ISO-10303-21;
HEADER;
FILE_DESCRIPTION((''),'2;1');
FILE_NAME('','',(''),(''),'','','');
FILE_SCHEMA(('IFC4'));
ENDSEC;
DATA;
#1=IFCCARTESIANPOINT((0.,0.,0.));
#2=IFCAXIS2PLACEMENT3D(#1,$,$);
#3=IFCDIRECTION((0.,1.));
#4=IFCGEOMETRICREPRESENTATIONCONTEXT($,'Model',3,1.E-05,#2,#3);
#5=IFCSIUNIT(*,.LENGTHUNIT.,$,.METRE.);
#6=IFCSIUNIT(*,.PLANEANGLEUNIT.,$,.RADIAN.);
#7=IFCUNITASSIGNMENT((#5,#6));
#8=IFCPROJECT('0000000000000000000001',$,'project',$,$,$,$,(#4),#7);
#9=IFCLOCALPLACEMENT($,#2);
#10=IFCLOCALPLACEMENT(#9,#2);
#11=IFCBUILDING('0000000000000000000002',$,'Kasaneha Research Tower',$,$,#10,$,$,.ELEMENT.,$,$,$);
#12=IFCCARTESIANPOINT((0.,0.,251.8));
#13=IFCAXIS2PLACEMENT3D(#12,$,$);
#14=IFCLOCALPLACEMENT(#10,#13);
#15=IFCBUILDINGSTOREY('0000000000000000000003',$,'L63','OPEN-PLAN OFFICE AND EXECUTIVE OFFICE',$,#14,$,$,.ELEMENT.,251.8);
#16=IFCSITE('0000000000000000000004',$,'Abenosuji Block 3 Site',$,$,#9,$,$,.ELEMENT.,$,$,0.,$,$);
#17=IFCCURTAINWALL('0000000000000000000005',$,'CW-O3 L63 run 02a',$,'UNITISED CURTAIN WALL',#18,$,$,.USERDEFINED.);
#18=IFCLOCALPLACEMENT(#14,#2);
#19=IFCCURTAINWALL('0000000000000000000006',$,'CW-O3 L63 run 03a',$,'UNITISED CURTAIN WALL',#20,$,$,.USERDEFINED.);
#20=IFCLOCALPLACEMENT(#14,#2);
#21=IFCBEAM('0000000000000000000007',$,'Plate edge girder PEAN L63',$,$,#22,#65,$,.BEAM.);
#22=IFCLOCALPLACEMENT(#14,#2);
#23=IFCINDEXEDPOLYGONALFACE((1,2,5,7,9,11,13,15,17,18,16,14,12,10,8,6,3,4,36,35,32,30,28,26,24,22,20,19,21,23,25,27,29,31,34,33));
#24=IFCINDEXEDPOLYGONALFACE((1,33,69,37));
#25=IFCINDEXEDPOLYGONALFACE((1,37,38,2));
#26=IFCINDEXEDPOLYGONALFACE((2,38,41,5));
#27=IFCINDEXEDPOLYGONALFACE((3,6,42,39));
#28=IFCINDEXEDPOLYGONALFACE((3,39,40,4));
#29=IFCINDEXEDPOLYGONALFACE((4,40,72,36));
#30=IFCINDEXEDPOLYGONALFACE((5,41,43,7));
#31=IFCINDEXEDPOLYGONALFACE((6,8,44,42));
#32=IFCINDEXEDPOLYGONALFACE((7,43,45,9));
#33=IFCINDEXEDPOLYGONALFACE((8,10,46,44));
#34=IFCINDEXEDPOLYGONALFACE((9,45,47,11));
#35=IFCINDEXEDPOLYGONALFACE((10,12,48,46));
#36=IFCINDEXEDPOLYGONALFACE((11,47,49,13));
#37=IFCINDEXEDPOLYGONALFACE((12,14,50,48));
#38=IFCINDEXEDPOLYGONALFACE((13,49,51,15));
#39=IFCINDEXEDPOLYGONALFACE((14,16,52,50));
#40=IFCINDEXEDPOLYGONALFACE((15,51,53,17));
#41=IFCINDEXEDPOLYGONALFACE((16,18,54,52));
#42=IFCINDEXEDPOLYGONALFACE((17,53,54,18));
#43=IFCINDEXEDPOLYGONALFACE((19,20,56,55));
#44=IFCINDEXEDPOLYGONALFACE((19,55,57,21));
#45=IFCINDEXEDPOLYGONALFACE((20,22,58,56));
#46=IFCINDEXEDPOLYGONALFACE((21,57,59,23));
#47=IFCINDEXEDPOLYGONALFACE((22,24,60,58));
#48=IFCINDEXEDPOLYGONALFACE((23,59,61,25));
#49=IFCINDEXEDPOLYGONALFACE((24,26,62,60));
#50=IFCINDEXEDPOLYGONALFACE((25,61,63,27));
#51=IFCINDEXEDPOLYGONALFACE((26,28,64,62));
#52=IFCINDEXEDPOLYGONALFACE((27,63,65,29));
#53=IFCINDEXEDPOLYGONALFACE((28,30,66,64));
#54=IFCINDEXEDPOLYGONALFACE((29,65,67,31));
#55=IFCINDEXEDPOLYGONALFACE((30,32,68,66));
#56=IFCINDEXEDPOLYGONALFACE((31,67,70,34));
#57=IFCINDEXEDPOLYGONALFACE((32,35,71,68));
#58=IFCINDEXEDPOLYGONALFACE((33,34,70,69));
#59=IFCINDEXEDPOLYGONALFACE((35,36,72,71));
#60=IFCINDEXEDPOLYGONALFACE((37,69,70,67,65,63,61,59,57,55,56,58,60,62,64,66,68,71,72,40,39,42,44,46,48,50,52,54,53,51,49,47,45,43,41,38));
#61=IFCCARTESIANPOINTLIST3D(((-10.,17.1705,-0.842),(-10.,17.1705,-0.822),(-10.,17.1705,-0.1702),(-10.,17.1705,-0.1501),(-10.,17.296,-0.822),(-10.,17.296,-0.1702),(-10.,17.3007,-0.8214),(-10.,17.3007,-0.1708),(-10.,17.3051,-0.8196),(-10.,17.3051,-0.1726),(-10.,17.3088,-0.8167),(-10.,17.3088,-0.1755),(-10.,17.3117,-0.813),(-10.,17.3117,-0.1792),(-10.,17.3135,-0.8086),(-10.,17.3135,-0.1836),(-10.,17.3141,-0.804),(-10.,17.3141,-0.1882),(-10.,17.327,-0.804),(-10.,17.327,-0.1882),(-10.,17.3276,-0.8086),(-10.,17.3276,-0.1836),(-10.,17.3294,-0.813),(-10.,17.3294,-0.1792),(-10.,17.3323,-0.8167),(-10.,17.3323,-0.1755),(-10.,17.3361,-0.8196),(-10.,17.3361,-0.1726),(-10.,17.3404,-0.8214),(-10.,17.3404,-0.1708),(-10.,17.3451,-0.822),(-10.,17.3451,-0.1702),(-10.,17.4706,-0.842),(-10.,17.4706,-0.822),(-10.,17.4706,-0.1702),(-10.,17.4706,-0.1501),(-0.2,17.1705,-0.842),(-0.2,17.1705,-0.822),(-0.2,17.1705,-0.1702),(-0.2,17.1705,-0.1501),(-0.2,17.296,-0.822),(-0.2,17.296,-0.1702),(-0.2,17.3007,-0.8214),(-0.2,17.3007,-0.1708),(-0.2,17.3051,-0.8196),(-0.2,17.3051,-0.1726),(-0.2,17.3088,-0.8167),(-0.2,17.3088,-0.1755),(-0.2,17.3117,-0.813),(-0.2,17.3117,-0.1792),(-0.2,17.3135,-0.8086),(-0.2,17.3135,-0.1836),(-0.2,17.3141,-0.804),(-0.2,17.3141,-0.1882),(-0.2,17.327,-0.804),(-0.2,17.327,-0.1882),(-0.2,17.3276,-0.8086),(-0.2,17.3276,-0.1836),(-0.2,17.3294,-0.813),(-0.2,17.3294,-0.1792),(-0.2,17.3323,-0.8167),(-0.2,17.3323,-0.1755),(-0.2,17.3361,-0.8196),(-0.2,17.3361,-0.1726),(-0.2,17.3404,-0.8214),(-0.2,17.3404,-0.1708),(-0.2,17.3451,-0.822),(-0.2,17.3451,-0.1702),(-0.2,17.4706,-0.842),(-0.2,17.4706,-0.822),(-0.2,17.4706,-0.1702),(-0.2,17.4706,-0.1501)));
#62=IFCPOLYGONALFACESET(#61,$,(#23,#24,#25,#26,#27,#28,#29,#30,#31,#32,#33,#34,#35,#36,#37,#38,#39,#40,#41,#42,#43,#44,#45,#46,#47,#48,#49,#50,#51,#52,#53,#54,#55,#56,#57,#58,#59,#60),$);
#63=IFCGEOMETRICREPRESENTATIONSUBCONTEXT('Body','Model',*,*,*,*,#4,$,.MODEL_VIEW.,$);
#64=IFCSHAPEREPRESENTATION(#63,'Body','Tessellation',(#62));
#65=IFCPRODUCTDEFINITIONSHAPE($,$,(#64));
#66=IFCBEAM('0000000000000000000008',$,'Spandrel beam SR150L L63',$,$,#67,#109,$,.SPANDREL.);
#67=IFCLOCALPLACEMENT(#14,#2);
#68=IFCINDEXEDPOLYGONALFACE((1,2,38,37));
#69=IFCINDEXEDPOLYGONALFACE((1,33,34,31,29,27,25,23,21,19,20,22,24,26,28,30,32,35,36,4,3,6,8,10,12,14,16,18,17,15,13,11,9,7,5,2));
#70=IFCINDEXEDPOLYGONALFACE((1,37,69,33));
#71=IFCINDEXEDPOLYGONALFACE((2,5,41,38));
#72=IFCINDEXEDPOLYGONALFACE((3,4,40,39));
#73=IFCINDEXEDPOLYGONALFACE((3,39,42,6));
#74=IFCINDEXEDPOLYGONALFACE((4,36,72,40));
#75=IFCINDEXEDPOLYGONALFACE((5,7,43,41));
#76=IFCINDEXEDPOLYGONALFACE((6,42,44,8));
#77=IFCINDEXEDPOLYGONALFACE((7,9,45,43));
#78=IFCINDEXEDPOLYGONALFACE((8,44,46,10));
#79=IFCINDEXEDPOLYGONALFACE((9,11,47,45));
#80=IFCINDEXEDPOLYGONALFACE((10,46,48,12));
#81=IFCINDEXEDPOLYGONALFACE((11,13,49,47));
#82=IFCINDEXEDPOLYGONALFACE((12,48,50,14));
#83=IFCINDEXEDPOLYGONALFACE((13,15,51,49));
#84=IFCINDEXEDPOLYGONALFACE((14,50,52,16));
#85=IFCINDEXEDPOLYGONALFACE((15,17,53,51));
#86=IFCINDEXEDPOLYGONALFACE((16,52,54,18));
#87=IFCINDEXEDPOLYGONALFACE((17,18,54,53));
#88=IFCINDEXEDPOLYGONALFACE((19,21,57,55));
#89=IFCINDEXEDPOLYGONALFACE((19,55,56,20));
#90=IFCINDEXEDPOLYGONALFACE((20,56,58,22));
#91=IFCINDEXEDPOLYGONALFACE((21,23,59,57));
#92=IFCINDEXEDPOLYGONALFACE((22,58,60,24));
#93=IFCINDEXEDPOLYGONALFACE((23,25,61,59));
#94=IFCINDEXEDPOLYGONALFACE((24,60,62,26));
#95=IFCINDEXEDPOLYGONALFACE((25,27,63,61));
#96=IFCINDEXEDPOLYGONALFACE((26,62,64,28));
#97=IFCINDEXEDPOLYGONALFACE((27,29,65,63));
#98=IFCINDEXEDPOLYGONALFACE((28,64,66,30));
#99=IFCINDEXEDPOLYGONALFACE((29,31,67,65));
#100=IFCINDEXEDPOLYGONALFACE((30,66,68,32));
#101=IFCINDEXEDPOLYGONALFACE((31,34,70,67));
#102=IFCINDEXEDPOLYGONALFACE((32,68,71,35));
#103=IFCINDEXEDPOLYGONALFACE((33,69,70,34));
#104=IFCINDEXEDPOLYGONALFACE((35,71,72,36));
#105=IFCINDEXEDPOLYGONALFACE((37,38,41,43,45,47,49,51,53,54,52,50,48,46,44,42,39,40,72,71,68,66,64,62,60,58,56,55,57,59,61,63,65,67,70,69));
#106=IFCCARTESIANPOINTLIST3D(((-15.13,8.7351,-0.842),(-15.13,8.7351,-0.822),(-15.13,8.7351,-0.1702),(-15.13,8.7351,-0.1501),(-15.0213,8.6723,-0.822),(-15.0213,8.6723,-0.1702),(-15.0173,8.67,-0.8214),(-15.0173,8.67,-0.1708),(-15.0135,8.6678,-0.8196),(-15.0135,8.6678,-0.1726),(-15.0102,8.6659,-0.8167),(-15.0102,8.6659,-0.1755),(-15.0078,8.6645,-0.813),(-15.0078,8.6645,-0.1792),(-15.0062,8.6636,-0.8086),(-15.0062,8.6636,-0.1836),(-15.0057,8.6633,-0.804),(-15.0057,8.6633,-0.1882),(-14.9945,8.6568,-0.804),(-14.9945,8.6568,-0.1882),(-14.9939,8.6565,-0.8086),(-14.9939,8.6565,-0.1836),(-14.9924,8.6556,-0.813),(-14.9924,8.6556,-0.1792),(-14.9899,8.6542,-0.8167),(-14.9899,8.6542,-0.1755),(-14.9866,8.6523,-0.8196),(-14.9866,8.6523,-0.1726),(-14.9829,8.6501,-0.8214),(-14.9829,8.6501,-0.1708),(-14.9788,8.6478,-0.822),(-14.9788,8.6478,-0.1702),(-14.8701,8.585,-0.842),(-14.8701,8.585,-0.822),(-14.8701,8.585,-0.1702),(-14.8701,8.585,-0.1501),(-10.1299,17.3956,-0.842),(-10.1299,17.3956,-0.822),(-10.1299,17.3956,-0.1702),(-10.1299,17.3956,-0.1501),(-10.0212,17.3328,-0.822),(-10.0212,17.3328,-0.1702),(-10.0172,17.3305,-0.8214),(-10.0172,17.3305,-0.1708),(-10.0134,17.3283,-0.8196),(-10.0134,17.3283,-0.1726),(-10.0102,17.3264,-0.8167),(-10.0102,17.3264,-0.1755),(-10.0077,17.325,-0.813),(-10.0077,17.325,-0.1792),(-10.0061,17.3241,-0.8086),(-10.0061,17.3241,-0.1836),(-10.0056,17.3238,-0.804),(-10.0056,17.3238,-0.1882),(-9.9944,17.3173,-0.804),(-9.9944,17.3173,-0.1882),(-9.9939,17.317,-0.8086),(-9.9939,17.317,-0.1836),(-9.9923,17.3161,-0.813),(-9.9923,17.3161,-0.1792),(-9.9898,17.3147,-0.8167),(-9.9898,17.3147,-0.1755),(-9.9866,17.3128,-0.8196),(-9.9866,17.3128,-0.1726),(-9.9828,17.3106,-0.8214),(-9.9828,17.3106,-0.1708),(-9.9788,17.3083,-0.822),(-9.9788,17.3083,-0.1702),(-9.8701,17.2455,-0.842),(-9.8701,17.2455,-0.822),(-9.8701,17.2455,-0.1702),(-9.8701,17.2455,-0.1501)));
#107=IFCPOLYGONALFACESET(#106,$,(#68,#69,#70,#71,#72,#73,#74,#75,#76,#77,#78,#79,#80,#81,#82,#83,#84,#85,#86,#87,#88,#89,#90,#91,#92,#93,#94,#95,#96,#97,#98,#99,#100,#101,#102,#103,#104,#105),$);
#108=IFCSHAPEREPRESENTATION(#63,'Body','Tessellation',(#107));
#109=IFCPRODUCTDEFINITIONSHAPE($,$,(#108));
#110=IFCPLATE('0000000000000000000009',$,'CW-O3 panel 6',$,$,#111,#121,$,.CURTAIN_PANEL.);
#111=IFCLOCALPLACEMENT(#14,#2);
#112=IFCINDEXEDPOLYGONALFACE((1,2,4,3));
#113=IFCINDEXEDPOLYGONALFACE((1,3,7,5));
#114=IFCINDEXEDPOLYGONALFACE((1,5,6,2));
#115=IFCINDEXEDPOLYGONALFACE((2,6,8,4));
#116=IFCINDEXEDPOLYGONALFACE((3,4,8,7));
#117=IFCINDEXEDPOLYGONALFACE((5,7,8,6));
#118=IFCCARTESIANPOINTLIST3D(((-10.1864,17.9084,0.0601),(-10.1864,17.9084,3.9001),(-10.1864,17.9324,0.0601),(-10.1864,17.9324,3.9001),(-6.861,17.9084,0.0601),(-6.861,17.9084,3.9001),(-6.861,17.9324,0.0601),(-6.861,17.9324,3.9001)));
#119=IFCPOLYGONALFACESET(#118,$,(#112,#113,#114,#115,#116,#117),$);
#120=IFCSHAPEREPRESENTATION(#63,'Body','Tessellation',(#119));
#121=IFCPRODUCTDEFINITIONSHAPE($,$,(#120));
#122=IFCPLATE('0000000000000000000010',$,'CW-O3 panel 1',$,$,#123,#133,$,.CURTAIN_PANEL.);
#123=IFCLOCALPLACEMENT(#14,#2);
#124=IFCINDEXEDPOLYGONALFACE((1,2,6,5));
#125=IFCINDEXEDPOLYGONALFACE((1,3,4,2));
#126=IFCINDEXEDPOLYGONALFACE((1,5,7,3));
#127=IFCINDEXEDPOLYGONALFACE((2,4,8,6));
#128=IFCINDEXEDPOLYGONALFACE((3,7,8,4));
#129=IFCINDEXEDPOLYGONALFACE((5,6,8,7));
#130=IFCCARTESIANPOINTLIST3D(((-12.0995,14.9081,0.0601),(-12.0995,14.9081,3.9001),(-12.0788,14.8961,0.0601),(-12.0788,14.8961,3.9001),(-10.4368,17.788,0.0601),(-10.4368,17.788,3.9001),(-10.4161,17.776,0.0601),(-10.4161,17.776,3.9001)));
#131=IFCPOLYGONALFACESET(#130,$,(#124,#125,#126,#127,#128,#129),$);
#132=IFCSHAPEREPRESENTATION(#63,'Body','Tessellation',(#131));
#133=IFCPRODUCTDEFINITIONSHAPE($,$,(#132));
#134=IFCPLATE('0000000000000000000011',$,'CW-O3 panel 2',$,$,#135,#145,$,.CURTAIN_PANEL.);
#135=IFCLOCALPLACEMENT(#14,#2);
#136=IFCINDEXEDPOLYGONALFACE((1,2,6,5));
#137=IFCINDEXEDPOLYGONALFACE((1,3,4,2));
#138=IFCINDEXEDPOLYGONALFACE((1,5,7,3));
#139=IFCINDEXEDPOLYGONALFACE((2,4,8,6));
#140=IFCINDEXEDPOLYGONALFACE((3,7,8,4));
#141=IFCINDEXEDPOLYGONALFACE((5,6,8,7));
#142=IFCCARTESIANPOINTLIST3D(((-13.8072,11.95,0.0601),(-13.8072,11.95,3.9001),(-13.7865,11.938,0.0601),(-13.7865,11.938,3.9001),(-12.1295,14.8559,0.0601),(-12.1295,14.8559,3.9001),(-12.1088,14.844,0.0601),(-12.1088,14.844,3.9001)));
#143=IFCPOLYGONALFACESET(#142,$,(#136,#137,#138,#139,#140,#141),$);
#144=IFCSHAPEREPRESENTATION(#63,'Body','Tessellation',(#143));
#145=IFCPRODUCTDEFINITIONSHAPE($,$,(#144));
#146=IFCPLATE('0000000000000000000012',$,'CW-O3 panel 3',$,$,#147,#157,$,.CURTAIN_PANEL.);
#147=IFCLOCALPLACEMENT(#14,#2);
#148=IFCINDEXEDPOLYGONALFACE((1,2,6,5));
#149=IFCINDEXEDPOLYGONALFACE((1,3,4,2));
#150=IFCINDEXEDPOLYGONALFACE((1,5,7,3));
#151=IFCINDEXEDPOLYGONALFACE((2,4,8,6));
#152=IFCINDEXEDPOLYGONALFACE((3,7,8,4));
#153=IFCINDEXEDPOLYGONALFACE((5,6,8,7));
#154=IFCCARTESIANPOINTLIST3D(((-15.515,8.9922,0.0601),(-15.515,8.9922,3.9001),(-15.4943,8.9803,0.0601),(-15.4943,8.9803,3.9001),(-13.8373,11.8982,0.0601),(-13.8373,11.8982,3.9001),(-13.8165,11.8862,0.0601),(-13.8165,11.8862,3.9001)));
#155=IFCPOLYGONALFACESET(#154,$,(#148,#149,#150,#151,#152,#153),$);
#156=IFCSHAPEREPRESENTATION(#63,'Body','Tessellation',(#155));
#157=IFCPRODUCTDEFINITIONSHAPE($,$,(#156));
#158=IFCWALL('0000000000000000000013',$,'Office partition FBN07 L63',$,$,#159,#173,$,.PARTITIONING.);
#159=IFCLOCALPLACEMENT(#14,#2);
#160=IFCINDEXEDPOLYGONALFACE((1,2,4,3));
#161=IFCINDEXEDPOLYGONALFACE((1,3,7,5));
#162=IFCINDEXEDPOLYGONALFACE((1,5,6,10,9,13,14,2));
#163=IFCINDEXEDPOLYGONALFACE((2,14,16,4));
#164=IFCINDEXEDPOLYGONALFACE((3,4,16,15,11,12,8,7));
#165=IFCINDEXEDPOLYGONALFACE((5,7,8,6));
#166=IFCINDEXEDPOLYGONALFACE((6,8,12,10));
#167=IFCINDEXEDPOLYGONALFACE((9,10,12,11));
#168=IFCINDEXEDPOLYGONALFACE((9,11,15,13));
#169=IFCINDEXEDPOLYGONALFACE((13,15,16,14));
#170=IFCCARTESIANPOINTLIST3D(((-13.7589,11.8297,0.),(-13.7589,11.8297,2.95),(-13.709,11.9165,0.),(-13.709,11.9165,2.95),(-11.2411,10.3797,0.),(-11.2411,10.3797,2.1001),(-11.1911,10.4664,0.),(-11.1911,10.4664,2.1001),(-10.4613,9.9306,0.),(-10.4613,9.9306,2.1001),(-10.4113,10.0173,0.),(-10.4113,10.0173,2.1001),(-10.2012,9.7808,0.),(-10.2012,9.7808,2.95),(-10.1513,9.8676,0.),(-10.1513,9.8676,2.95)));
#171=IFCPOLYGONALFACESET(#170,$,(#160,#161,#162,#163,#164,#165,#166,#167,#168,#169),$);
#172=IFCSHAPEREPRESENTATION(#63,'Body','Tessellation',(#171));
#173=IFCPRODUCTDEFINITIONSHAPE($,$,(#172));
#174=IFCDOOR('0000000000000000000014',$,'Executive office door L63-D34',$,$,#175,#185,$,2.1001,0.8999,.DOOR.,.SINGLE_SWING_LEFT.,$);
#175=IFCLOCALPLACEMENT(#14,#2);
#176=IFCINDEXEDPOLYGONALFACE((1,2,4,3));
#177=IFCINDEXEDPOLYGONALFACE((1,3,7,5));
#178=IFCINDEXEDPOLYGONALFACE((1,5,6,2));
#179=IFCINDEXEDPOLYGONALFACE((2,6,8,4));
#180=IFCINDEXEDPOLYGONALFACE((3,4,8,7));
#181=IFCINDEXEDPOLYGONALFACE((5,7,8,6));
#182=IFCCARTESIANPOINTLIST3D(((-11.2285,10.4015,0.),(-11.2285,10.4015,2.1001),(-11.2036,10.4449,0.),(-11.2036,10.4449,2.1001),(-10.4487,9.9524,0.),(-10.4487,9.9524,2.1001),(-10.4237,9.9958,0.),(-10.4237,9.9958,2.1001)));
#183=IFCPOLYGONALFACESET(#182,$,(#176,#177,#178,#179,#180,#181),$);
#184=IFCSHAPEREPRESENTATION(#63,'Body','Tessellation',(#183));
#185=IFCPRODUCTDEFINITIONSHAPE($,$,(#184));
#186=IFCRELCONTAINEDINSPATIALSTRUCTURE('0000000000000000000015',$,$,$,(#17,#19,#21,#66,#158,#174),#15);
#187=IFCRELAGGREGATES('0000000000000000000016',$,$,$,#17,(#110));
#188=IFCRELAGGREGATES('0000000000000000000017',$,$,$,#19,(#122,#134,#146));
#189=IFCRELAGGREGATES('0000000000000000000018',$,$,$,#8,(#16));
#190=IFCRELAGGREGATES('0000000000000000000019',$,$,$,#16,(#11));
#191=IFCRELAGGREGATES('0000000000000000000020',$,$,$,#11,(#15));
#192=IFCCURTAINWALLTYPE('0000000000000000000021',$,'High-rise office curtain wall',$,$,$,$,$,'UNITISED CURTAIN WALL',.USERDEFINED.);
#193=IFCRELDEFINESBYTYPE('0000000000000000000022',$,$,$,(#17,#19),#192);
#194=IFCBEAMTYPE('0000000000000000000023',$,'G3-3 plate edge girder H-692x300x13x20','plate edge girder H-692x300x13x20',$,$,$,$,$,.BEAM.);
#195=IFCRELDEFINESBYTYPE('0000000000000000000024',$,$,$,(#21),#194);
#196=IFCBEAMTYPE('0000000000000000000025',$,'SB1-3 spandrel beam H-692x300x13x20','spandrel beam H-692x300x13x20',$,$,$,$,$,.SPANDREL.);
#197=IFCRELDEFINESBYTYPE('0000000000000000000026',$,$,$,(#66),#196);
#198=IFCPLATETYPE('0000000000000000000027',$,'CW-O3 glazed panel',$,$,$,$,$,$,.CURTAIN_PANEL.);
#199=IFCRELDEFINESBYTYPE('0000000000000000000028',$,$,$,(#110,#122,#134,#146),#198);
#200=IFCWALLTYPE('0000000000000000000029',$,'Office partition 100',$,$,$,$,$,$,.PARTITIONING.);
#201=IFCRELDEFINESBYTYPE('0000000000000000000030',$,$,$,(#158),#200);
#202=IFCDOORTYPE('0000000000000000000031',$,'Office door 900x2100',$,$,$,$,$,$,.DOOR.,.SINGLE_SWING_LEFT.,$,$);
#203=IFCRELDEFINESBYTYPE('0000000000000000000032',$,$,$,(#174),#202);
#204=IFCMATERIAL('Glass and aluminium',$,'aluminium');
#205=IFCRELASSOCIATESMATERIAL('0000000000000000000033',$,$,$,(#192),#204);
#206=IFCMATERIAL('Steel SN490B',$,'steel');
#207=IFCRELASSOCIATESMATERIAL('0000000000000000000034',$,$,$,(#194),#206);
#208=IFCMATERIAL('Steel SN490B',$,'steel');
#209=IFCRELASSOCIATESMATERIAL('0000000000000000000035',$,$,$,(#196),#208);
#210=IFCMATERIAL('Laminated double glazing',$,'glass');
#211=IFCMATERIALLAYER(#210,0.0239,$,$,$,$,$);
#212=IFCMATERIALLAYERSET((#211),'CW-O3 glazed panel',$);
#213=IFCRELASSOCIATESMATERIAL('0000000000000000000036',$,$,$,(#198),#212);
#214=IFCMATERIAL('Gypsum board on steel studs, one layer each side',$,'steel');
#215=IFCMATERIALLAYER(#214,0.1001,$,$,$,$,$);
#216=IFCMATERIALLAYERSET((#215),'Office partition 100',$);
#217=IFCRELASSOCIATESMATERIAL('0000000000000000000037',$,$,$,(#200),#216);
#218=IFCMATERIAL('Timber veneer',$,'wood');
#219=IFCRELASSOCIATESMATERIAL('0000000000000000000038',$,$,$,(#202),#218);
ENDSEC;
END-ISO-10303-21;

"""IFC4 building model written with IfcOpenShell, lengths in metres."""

from ifc_helpers import new_model, si_unit, direction, frame, frame_2d, origin, origin_2d, place, context, subcontext, project, spatial, rectangle, i_section, extrude, material, layer, layer_set, material_profile, profile_set, type_object, element, fill, aggregate, save


model = new_model("IFC4")

# Units and contexts
model_context = context("Model", 3, precision=1e-05, world=origin(), true_north=direction((0.0, 1.0)))
body_context = subcontext(model_context, "Body", "Model", "MODEL_VIEW")
ifc_project = project(units=[si_unit("LENGTHUNIT", "METRE"), si_unit("PLANEANGLEUNIT", "RADIAN")], contexts=[model_context])

# Site, building, storey
site_placement = place(None, origin())
site = spatial("IfcSite", under=ifc_project, at=site_placement, Name="Abenosuji Block 3 Site", CompositionType="ELEMENT", RefElevation=0.0)
building_placement = place(site_placement, origin())
building = spatial("IfcBuilding", under=site, at=building_placement, Name="Kasaneha Research Tower", CompositionType="ELEMENT")
storey_placement = place(building_placement, frame((0.0, 0.0, 251.8)))
storey = spatial("IfcBuildingStorey", under=building, at=storey_placement, Name="L63", Description="OPEN-PLAN OFFICE AND EXECUTIVE OFFICE", CompositionType="ELEMENT", Elevation=251.8)

# Curtain walls
ifc_material_1 = material(Name="Glass and aluminium", Category="aluminium")
curtain_wall_type = type_object("IfcCurtainWallType", Name="High-rise office curtain wall", ElementType="UNITISED CURTAIN WALL", PredefinedType="USERDEFINED", material=ifc_material_1)
curtain_wall_1_placement = place(storey_placement, origin())
curtain_wall_1 = element("IfcCurtainWall", 1, at=curtain_wall_1_placement, inside=storey, type_object=curtain_wall_type, Name="CW-O3 L63 run 02a", ObjectType="UNITISED CURTAIN WALL", PredefinedType="USERDEFINED")
curtain_wall_2_placement = place(storey_placement, origin())
curtain_wall_2 = element("IfcCurtainWall", 2, at=curtain_wall_2_placement, inside=storey, type_object=curtain_wall_type, Name="CW-O3 L63 run 03a", ObjectType="UNITISED CURTAIN WALL", PredefinedType="USERDEFINED")

# Beams
ifc_material_2 = material(Name="Steel SN490B", Category="steel")
ifc_material_profile_1 = material_profile(ifc_material_2, i_section(OverallWidth=0.3, OverallDepth=0.6919, WebThickness=0.0129, FlangeThickness=0.02, FilletRadius=0.0181, at=origin_2d()), Name="H-692x300x13x20")
ifc_profile_set_1 = profile_set([ifc_material_profile_1], Name="Steel SN490B")
beam_type_1 = type_object("IfcBeamType", Name="G3-3 plate edge girder H-692x300x13x20", Description="plate edge girder H-692x300x13x20", PredefinedType="BEAM", material=ifc_profile_set_1)
beam_1_placement = place(storey_placement, frame((-10.0, 17.3206, -0.4961), z_axis=(1.0, 0.0, 0.0), x_axis=(0.0, 1.0, 0.0)))
element("IfcBeam", 3, at=beam_1_placement, inside=storey, type_object=beam_type_1, Name="Plate edge girder PEAN L63", PredefinedType="BEAM", context=body_context, shape_type="SweptSolid", body=[
    extrude(i_section(OverallWidth=0.3, OverallDepth=0.6919, WebThickness=0.0129, FlangeThickness=0.02, FilletRadius=0.0181, at=origin_2d()), origin(), (0.0, 0.0, 1.0), 9.8),
])
ifc_material_3 = material(Name="Steel SN490B", Category="steel")
ifc_material_profile_2 = material_profile(ifc_material_3, i_section(OverallWidth=0.3, OverallDepth=0.6919, WebThickness=0.0129, FlangeThickness=0.02, FilletRadius=0.0181, at=origin_2d()), Name="H-692x300x13x20")
ifc_profile_set_2 = profile_set([ifc_material_profile_2], Name="Steel SN490B")
beam_type_2 = type_object("IfcBeamType", Name="SB1-3 spandrel beam H-692x300x13x20", Description="spandrel beam H-692x300x13x20", PredefinedType="SPANDREL", material=ifc_profile_set_2)
beam_2_placement = place(storey_placement, frame((-10.0, 17.3206, -0.4961), z_axis=(-0.499994, -0.866029, 0.0), x_axis=(0.866029, -0.499994, 0.0)))
element("IfcBeam", 4, at=beam_2_placement, inside=storey, type_object=beam_type_2, Name="Spandrel beam SR150L L63", PredefinedType="SPANDREL", context=body_context, shape_type="SweptSolid", body=[
    extrude(i_section(OverallWidth=0.3, OverallDepth=0.6919, WebThickness=0.0129, FlangeThickness=0.02, FilletRadius=0.0181, at=origin_2d()), origin(), (0.0, 0.0, 1.0), 10.0002),
])

# Plates
ifc_material_4 = material(Name="Laminated double glazing", Category="glass")
ifc_layer_1 = layer(ifc_material_4, 0.0239)
ifc_layer_set_1 = layer_set([ifc_layer_1], Name="CW-O3 glazed panel")
plate_type = type_object("IfcPlateType", Name="CW-O3 glazed panel", PredefinedType="CURTAIN_PANEL", material=ifc_layer_set_1)
plate_1_placement = place(storey_placement, frame((-8.5237, 17.9204, 0.0601), z_axis=(0.0, 0.0, 1.0), x_axis=(-1.0, 0.0, 0.0)))
plate_1 = element("IfcPlate", 5, at=plate_1_placement, type_object=plate_type, Name="CW-O3 panel 6", PredefinedType="CURTAIN_PANEL", context=body_context, shape_type="SweptSolid", body=[
    extrude(rectangle(XDim=3.3254, YDim=0.0239, at=origin_2d()), origin(), (0.0, 0.0, 1.0), 3.8401),
])
aggregate(curtain_wall_1, [plate_1])
plate_2_placement = place(storey_placement, frame((-11.2578, 16.342, 0.0601), z_axis=(0.0, 0.0, 1.0), x_axis=(-0.5, -0.866025, 0.0)))
plate_2 = element("IfcPlate", 6, at=plate_2_placement, type_object=plate_type, Name="CW-O3 panel 1", PredefinedType="CURTAIN_PANEL", context=body_context, shape_type="SweptSolid", body=[
    extrude(rectangle(XDim=3.3254, YDim=0.0239, at=origin_2d()), origin(), (0.0, 0.0, 1.0), 3.8401),
])
plate_3_placement = place(storey_placement, frame((-12.958, 13.397, 0.0601), z_axis=(0.0, 0.0, 1.0), x_axis=(-0.5, -0.866025, 0.0)))
plate_3 = element("IfcPlate", 7, at=plate_3_placement, type_object=plate_type, Name="CW-O3 panel 2", PredefinedType="CURTAIN_PANEL", context=body_context, shape_type="SweptSolid", body=[
    extrude(rectangle(XDim=3.3555, YDim=0.0239, at=origin_2d()), origin(), (0.0, 0.0, 1.0), 3.8401),
])
plate_4_placement = place(storey_placement, frame((-14.6658, 10.4392, 0.0601), z_axis=(0.0, 0.0, 1.0), x_axis=(-0.5, -0.866025, 0.0)))
plate_4 = element("IfcPlate", 8, at=plate_4_placement, type_object=plate_type, Name="CW-O3 panel 3", PredefinedType="CURTAIN_PANEL", context=body_context, shape_type="SweptSolid", body=[
    extrude(rectangle(XDim=3.3555, YDim=0.0239, at=origin_2d()), origin(), (0.0, 0.0, 1.0), 3.8401),
])
aggregate(curtain_wall_2, [plate_2, plate_3, plate_4])

# Wall, opening, door
ifc_material_5 = material(Name="Gypsum board on steel studs, one layer each side", Category="steel")
ifc_layer_2 = layer(ifc_material_5, 0.1001)
ifc_layer_set_2 = layer_set([ifc_layer_2], Name="Office partition 100")
wall_type_1 = type_object("IfcWallType", Name="Office partition 100", PredefinedType="PARTITIONING", material=ifc_layer_set_2)
wall_1_placement = place(storey_placement, frame((-10.1763, 9.8242, 0.0), z_axis=(0.0, 0.0, 1.0), x_axis=(-0.866569, 0.499056, 0.0)))
wall_1 = element("IfcWall", 9, at=wall_1_placement, inside=storey, type_object=wall_type_1, Name="Office partition FBN07 L63", PredefinedType="PARTITIONING", context=body_context, shape_type="SweptSolid", body=[
    extrude(rectangle(XDim=4.1055, YDim=0.1001, at=frame_2d((2.0527, 0.0))), origin(), (0.0, 0.0, 1.0), 2.95),
])
opening_1_placement = place(wall_1_placement, frame((0.3, 0.0, 0.0)))
opening_1 = element("IfcOpeningElement", 10, at=opening_1_placement, cuts=wall_1, PredefinedType="OPENING", context=body_context, shape_type="SweptSolid", body=[
    extrude(rectangle(XDim=0.8999, YDim=2.1001, at=frame_2d((0.45, 1.05))), frame((0.0, 0.0601, 0.0), z_axis=(0.0, -1.0, 0.0), x_axis=(1.0, 0.0, 0.0)), (0.0, 0.0, 1.0), 0.1201),
])
ifc_material_6 = material(Name="Timber veneer", Category="wood")
door_type_1 = type_object("IfcDoorType", Name="Office door 900x2100", OperationType="SINGLE_SWING_LEFT", PredefinedType="DOOR", material=ifc_material_6)
door_1_placement = place(opening_1_placement, origin())
door_1 = element("IfcDoor", 11, at=door_1_placement, inside=storey, type_object=door_type_1, Name="Executive office door L63-D34", OperationType="SINGLE_SWING_LEFT", OverallHeight=2.1001, OverallWidth=0.8999, PredefinedType="DOOR", context=body_context, shape_type="SweptSolid", body=[
    extrude(rectangle(XDim=0.8999, YDim=2.1001, at=frame_2d((0.45, 1.05))), frame((0.0, 0.0249, 0.0), z_axis=(0.0, -1.0, 0.0), x_axis=(1.0, 0.0, 0.0)), (0.0, 0.0, 1.0), 0.05),
])
fill(opening_1, door_1)

save(model, "model.ifc")
